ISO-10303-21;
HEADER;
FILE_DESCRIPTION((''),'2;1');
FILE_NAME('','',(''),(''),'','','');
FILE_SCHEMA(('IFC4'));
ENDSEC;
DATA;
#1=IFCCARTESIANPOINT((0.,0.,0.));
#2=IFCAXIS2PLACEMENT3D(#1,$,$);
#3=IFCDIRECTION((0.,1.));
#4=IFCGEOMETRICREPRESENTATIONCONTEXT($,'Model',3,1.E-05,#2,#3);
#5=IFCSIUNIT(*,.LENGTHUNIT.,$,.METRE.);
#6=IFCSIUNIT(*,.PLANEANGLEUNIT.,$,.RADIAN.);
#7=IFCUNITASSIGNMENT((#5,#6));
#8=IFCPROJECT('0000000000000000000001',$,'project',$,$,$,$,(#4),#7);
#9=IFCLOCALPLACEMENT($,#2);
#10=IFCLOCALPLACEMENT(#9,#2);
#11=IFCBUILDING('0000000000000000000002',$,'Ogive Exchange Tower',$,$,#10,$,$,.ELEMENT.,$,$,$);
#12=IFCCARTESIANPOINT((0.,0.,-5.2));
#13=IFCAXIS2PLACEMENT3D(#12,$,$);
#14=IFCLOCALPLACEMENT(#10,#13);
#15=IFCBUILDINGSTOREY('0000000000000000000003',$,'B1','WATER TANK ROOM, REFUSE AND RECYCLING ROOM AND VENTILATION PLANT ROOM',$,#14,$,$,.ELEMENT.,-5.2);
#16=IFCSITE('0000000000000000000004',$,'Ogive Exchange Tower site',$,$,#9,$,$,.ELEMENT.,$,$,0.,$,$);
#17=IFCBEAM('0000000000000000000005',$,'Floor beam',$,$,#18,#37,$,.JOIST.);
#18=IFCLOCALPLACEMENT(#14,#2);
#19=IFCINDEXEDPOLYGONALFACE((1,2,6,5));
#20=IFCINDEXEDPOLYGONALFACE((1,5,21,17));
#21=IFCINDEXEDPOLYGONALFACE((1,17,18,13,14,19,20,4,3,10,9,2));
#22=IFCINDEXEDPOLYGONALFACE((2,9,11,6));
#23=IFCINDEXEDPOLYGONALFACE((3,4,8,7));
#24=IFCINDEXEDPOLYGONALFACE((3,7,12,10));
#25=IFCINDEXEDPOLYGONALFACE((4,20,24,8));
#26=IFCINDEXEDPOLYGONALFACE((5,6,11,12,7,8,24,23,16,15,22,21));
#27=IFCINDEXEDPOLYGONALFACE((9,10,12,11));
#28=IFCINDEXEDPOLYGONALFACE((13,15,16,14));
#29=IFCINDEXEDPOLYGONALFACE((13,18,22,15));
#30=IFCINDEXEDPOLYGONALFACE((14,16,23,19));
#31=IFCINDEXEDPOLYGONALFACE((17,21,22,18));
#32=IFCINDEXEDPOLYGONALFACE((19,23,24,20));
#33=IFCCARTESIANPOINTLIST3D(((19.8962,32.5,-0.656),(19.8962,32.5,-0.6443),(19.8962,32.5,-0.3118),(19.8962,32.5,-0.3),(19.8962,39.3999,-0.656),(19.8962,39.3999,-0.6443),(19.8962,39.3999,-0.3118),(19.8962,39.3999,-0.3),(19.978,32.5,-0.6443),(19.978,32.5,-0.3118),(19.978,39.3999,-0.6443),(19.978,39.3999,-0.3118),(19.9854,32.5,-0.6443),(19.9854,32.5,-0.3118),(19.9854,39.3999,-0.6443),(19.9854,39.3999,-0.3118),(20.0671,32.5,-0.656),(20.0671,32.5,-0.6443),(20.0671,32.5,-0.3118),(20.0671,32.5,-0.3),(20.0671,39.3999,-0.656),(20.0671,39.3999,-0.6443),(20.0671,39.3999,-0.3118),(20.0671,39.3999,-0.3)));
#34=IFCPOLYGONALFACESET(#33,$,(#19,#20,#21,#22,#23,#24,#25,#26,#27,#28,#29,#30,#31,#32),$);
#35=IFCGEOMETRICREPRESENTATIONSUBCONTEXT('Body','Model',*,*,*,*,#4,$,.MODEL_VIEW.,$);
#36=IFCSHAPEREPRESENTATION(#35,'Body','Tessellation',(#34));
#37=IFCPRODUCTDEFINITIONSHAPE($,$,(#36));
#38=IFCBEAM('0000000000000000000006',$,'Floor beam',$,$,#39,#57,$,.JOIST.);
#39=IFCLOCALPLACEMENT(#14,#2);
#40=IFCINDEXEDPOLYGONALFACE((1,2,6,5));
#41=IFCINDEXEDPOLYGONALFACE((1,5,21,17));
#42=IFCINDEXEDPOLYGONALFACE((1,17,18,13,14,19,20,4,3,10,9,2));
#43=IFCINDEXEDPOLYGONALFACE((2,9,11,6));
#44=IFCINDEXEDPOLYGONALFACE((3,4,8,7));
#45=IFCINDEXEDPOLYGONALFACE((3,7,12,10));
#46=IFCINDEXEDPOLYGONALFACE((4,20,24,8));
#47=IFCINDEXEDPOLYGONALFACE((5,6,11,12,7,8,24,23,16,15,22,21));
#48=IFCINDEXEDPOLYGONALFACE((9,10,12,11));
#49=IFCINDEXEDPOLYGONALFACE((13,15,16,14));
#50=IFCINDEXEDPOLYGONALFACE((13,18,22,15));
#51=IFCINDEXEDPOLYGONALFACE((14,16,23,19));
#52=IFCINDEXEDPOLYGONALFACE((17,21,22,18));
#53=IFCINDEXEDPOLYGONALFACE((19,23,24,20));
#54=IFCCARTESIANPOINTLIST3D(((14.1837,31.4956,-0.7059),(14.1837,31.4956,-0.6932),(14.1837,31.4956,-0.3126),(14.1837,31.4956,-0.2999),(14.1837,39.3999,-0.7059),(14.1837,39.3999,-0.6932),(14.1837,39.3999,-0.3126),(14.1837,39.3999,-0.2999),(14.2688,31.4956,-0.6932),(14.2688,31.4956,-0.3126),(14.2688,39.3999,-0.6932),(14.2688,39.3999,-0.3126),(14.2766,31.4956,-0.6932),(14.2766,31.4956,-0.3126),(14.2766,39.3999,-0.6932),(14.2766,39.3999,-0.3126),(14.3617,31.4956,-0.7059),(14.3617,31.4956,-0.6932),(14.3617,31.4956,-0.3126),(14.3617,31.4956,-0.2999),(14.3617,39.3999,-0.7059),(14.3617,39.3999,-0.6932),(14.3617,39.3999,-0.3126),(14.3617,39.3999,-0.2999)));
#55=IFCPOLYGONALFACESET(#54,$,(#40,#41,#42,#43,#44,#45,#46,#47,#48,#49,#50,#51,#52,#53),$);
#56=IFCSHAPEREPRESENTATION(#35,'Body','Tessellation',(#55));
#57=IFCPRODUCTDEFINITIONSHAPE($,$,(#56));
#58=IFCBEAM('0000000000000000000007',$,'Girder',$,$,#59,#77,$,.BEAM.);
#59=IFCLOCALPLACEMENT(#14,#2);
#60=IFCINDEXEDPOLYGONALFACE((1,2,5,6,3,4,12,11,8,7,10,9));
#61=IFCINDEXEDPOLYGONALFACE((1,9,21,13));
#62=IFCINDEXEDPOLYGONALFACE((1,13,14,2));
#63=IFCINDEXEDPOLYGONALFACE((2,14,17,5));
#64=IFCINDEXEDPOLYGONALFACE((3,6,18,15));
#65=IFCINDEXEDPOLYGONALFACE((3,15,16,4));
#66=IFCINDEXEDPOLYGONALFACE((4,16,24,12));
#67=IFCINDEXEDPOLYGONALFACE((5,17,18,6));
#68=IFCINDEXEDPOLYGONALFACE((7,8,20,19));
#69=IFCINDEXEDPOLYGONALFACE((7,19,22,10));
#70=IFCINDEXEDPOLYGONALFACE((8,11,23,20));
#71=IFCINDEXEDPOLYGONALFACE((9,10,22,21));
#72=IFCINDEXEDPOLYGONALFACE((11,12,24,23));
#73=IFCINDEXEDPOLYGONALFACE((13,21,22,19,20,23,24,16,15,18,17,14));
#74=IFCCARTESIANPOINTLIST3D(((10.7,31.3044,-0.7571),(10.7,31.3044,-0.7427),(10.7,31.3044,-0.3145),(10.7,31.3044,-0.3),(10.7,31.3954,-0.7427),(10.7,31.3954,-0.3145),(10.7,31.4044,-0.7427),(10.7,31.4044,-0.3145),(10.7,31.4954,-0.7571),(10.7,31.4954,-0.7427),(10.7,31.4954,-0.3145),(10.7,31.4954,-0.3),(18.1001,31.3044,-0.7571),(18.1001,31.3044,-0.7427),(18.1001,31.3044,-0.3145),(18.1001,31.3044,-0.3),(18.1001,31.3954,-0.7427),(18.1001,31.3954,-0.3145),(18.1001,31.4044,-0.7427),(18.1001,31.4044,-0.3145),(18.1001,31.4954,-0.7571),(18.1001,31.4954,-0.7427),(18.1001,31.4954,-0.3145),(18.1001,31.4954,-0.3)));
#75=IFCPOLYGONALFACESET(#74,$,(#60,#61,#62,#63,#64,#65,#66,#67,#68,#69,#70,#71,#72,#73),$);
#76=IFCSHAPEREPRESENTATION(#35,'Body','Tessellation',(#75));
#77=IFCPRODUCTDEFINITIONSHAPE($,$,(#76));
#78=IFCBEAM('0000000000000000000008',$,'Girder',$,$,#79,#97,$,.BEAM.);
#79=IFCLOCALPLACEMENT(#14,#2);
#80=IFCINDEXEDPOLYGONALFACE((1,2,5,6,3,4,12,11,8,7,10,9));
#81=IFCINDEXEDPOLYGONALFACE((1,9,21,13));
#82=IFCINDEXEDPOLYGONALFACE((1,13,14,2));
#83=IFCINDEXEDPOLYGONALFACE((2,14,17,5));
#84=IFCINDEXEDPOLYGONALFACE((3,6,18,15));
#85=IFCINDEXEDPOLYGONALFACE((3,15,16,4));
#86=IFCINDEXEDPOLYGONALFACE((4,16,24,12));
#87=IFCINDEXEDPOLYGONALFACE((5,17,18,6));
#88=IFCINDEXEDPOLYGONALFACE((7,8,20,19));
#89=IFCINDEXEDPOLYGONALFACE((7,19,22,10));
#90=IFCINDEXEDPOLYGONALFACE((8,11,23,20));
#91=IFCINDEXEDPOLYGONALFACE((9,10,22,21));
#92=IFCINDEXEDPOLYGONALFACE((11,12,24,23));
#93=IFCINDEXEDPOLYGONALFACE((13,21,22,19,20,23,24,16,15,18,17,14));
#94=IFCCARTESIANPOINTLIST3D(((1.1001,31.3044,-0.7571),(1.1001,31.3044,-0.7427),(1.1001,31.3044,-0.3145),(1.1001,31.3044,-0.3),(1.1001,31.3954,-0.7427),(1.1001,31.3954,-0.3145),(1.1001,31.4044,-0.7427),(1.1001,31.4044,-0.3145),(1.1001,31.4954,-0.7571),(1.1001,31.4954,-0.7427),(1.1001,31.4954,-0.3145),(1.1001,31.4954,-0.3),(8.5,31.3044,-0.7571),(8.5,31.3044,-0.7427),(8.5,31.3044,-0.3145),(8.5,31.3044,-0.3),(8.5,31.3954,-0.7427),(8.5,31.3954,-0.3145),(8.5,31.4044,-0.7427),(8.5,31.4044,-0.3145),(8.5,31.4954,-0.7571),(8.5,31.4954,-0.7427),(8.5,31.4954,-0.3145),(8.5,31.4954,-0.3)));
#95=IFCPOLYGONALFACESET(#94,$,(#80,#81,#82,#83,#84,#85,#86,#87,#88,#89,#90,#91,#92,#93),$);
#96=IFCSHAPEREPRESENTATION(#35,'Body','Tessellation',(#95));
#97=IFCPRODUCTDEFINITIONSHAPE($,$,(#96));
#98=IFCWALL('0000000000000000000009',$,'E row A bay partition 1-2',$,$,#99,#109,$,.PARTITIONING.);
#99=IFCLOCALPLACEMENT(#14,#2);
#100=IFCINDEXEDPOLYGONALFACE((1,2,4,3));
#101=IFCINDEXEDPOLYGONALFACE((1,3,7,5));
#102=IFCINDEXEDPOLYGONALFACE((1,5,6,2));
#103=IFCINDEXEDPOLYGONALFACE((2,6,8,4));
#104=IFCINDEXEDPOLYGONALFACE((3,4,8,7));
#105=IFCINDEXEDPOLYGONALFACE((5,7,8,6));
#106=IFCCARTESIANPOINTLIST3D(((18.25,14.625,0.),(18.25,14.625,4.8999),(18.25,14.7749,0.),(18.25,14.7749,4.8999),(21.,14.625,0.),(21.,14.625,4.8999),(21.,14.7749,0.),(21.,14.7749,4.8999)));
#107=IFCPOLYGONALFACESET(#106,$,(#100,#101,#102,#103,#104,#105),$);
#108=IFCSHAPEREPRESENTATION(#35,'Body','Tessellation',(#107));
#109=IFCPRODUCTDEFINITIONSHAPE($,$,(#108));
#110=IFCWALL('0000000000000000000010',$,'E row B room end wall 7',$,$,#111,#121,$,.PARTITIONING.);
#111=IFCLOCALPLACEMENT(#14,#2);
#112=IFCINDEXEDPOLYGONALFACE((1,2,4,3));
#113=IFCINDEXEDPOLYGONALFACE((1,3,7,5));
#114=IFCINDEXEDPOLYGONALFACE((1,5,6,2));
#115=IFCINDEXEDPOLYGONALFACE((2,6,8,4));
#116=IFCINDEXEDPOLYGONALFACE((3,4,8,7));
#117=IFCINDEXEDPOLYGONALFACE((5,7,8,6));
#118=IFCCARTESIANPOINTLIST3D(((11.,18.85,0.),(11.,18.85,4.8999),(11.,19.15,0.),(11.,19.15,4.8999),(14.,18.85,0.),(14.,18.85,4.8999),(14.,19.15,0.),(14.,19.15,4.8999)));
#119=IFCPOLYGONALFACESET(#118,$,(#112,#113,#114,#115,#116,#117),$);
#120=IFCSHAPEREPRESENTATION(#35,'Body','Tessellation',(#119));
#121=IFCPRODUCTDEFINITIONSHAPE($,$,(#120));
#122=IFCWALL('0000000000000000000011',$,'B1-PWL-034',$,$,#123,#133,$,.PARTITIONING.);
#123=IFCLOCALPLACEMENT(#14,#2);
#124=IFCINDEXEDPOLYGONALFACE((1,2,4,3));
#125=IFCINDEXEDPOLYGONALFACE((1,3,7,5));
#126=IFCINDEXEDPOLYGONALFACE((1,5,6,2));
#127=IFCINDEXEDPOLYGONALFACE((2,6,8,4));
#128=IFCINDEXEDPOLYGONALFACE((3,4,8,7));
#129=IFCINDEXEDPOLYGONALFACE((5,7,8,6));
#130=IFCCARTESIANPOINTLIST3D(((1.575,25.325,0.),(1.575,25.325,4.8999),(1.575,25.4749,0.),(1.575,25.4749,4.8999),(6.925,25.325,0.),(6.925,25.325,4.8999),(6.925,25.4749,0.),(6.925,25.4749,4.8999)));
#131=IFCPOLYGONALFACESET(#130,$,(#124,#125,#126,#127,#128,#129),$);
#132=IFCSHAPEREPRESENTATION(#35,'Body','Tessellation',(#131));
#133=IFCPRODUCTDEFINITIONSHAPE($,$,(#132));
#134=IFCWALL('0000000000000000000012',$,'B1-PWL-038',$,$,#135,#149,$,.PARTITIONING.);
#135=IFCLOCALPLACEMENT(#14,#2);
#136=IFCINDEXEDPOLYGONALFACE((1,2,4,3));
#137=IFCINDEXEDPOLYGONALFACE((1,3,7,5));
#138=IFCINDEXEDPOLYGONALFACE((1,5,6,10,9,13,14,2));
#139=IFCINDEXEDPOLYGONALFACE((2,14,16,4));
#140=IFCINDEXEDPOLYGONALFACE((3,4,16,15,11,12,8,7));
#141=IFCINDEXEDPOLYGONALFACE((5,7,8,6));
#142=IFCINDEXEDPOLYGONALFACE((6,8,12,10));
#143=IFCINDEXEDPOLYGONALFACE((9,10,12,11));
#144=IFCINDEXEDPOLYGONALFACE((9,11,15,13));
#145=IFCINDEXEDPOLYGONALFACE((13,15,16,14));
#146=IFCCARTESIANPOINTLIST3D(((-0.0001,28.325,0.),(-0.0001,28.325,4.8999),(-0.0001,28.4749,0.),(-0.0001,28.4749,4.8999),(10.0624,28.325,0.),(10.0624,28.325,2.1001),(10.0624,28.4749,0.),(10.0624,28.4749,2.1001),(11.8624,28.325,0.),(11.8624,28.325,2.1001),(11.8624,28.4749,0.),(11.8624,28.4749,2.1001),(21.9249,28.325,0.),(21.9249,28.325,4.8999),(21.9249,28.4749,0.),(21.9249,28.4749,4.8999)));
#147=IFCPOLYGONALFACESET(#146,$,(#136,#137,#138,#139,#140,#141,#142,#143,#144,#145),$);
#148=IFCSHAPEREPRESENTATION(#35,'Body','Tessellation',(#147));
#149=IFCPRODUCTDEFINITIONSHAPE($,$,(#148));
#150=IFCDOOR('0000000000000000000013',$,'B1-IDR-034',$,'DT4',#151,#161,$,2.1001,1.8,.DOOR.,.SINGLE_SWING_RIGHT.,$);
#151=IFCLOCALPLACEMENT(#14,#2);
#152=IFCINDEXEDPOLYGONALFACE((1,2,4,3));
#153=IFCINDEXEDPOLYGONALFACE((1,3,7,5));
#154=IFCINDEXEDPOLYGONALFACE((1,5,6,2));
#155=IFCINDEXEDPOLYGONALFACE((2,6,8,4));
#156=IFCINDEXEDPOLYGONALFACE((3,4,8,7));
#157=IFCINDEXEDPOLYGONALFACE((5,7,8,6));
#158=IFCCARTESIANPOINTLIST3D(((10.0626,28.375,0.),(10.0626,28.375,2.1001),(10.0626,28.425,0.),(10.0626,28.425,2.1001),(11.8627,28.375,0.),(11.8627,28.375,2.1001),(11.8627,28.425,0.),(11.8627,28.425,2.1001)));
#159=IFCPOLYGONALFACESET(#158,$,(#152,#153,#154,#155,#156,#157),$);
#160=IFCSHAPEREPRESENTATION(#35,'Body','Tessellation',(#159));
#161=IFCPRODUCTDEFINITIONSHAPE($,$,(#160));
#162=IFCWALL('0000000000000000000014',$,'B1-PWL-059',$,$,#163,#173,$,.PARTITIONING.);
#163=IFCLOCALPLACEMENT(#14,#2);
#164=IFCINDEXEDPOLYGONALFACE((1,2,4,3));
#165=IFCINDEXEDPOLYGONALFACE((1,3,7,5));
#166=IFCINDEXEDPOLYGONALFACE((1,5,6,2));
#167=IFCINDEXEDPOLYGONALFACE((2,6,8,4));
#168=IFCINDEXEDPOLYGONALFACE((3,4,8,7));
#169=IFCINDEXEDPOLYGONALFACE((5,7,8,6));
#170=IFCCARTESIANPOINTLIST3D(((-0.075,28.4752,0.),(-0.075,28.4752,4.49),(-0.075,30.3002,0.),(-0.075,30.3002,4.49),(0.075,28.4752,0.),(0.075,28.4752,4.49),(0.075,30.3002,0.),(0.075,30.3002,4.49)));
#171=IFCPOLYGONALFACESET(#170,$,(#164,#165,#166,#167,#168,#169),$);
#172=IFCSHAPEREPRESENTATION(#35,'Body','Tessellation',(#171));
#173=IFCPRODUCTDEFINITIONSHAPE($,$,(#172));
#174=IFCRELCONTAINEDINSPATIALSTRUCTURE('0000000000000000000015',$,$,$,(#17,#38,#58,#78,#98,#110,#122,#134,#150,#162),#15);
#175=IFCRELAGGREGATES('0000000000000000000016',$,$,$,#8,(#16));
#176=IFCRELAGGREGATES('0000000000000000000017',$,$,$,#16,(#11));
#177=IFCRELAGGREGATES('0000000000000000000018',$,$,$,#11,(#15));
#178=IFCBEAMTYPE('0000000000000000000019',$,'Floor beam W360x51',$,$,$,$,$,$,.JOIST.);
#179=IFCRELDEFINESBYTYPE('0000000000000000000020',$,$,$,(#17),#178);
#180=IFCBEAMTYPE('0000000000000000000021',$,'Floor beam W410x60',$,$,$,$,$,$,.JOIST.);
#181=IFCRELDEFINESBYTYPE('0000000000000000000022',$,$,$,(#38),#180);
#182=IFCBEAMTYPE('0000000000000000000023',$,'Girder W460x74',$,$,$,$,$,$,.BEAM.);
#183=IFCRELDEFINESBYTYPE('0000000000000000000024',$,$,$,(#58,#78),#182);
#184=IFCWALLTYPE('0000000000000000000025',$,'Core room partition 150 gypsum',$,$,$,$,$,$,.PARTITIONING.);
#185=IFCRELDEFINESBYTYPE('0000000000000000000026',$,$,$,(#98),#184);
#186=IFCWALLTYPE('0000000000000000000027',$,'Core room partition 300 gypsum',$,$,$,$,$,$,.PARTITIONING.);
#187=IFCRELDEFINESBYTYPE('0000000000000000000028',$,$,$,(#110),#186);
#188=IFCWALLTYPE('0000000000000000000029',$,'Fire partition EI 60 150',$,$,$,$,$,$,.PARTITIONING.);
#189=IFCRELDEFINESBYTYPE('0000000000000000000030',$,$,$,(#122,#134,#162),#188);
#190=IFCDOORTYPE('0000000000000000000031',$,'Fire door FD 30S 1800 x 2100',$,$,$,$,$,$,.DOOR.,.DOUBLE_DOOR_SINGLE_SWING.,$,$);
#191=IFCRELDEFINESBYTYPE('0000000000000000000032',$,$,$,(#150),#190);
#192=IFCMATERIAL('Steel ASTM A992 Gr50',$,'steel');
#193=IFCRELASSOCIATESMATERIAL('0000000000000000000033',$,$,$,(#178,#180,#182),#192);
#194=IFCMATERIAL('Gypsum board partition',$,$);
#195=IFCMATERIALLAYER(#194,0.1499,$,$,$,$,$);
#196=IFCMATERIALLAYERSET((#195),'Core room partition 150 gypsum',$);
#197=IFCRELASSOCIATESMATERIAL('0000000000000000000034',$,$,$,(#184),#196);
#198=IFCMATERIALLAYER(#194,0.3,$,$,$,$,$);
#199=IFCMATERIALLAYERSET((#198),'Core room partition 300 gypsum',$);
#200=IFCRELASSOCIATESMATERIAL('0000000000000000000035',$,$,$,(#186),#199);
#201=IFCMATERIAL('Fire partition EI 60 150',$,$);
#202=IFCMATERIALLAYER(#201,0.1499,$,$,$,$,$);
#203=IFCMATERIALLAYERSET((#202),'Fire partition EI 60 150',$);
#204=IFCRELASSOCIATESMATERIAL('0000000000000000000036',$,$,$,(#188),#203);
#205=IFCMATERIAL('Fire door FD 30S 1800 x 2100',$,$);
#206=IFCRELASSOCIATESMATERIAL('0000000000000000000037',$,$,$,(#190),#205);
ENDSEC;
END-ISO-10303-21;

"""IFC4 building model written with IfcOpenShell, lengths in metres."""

from ifc_helpers import new_model, si_unit, direction, frame, frame_2d, origin, origin_2d, place, context, subcontext, project, spatial, rectangle, i_section, extrude, material, layer, layer_set, material_profile, profile_set, type_object, element, fill, save


model = new_model("IFC4")

# Units and contexts
model_context = context("Model", 3, precision=1e-05, world=origin(), true_north=direction((0.0, 1.0)))
body_context = subcontext(model_context, "Body", "Model", "MODEL_VIEW")
ifc_project = project(units=[si_unit("LENGTHUNIT", "METRE"), si_unit("PLANEANGLEUNIT", "RADIAN")], contexts=[model_context])

# Site, building, storey
site_placement = place(None, origin())
site = spatial("IfcSite", under=ifc_project, at=site_placement, Name="Ogive Exchange Tower site", CompositionType="ELEMENT", RefElevation=0.0)
building_placement = place(site_placement, origin())
building = spatial("IfcBuilding", under=site, at=building_placement, Name="Ogive Exchange Tower", CompositionType="ELEMENT")
storey_placement = place(building_placement, frame((0.0, 0.0, -5.2)))
storey = spatial("IfcBuildingStorey", under=building, at=storey_placement, Name="B1", Description="WATER TANK ROOM, REFUSE AND RECYCLING ROOM AND VENTILATION PLANT ROOM", CompositionType="ELEMENT", Elevation=-5.2)

# Beams
ifc_material_1 = material(Name="Steel ASTM A992 Gr50", Category="steel")
ifc_material_profile_1 = material_profile(ifc_material_1, i_section(OverallWidth=0.1709, OverallDepth=0.356, WebThickness=0.0073, FlangeThickness=0.0117, at=origin_2d()), Name="W360x51")
ifc_profile_set_1 = profile_set([ifc_material_profile_1], Name="Steel ASTM A992 Gr50")
beam_type_1 = type_object("IfcBeamType", Name="Floor beam W360x51", PredefinedType="JOIST", material=ifc_profile_set_1)
for number, where, z_axis, x_axis, name in (
    (1, (19.9817, 32.5, -0.478), (0.0, 1.0, 0.0), (-1.0, 0.0, 0.0), "Floor beam"),
):
    element("IfcBeam", number, at=place(storey_placement, frame(where, z_axis=z_axis, x_axis=x_axis)), inside=storey, type_object=beam_type_1, Name=name, PredefinedType="JOIST", context=body_context, shape_type="SweptSolid", body=[
        extrude(i_section(OverallWidth=0.1709, OverallDepth=0.356, WebThickness=0.0073, FlangeThickness=0.0117, at=origin_2d()), origin(), (0.0, 0.0, 1.0), 6.8999),
    ])
ifc_material_profile_2 = material_profile(ifc_material_1, i_section(OverallWidth=0.178, OverallDepth=0.406, WebThickness=0.0078, FlangeThickness=0.0127, at=origin_2d()), Name="W410x60")
ifc_profile_set_2 = profile_set([ifc_material_profile_2], Name="Steel ASTM A992 Gr50")
beam_type_2 = type_object("IfcBeamType", Name="Floor beam W410x60", PredefinedType="JOIST", material=ifc_profile_set_2)
beam_1_placement = place(storey_placement, frame((14.2727, 31.4956, -0.5029), z_axis=(0.0, 1.0, 0.0), x_axis=(-1.0, 0.0, 0.0)))
element("IfcBeam", 2, at=beam_1_placement, inside=storey, type_object=beam_type_2, Name="Floor beam", PredefinedType="JOIST", context=body_context, shape_type="SweptSolid", body=[
    extrude(i_section(OverallWidth=0.178, OverallDepth=0.406, WebThickness=0.0078, FlangeThickness=0.0127, at=origin_2d()), origin(), (0.0, 0.0, 1.0), 7.9043),
])
ifc_material_profile_3 = material_profile(ifc_material_1, i_section(OverallWidth=0.1909, OverallDepth=0.457, WebThickness=0.009, FlangeThickness=0.0144, at=origin_2d()), Name="W460x74")
ifc_profile_set_3 = profile_set([ifc_material_profile_3], Name="Steel ASTM A992 Gr50")
beam_type_3 = type_object("IfcBeamType", Name="Girder W460x74", PredefinedType="BEAM", material=ifc_profile_set_3)
beam_2_placement = place(storey_placement, frame((18.1001, 31.3999, -0.5286), z_axis=(-1.0, 0.0, 0.0), x_axis=(0.0, -1.0, 0.0)))
element("IfcBeam", 3, at=beam_2_placement, inside=storey, type_object=beam_type_3, Name="Girder", PredefinedType="BEAM", context=body_context, shape_type="SweptSolid", body=[
    extrude(i_section(OverallWidth=0.1909, OverallDepth=0.457, WebThickness=0.009, FlangeThickness=0.0144, at=origin_2d()), origin(), (0.0, 0.0, 1.0), 7.4001),
])
beam_3_placement = place(storey_placement, frame((8.5, 31.3999, -0.5286), z_axis=(-1.0, 0.0, 0.0), x_axis=(0.0, -1.0, 0.0)))
element("IfcBeam", 4, at=beam_3_placement, inside=storey, type_object=beam_type_3, Name="Girder", PredefinedType="BEAM", context=body_context, shape_type="SweptSolid", body=[
    extrude(i_section(OverallWidth=0.1909, OverallDepth=0.457, WebThickness=0.009, FlangeThickness=0.0144, at=origin_2d()), origin(), (0.0, 0.0, 1.0), 7.3999),
])

# Walls
ifc_material_2 = material(Name="Gypsum board partition")
ifc_layer_1 = layer(ifc_material_2, 0.1499)
ifc_layer_set_1 = layer_set([ifc_layer_1], Name="Core room partition 150 gypsum")
wall_type_1 = type_object("IfcWallType", Name="Core room partition 150 gypsum", PredefinedType="PARTITIONING", material=ifc_layer_set_1)
wall_1_placement = place(storey_placement, frame((18.25, 14.7, 0.0), z_axis=(0.0, 0.0, 1.0), x_axis=(1.0, 0.0, 0.0)))
element("IfcWall", 5, at=wall_1_placement, inside=storey, type_object=wall_type_1, Name="E row A bay partition 1-2", PredefinedType="PARTITIONING", context=body_context, shape_type="SweptSolid", body=[
    extrude(rectangle(XDim=2.75, YDim=0.1499, at=frame_2d((1.375, 0.0))), origin(), (0.0, 0.0, 1.0), 4.8999),
])
ifc_layer_2 = layer(ifc_material_2, 0.3)
ifc_layer_set_2 = layer_set([ifc_layer_2], Name="Core room partition 300 gypsum")
wall_type_2 = type_object("IfcWallType", Name="Core room partition 300 gypsum", PredefinedType="PARTITIONING", material=ifc_layer_set_2)
wall_2_placement = place(storey_placement, frame((11.0, 19.0, 0.0), z_axis=(0.0, 0.0, 1.0), x_axis=(1.0, 0.0, 0.0)))
element("IfcWall", 6, at=wall_2_placement, inside=storey, type_object=wall_type_2, Name="E row B room end wall 7", PredefinedType="PARTITIONING", context=body_context, shape_type="SweptSolid", body=[
    extrude(rectangle(XDim=3.0, YDim=0.3, at=frame_2d((1.5, 0.0))), origin(), (0.0, 0.0, 1.0), 4.8999),
])
ifc_material_3 = material(Name="Fire partition EI 60 150")
ifc_layer_3 = layer(ifc_material_3, 0.1499)
ifc_layer_set_3 = layer_set([ifc_layer_3], Name="Fire partition EI 60 150")
wall_type_3 = type_object("IfcWallType", Name="Fire partition EI 60 150", PredefinedType="PARTITIONING", material=ifc_layer_set_3)
wall_3_placement = place(storey_placement, frame((1.575, 25.3999, 0.0), z_axis=(0.0, 0.0, 1.0), x_axis=(1.0, 0.0, 0.0)))
element("IfcWall", 7, at=wall_3_placement, inside=storey, type_object=wall_type_3, Name="B1-PWL-034", PredefinedType="PARTITIONING", context=body_context, shape_type="SweptSolid", body=[
    extrude(rectangle(XDim=5.3501, YDim=0.1499, at=frame_2d((2.675, 0.0))), origin(), (0.0, 0.0, 1.0), 4.8999),
])

# Wall, opening, door
wall_4_placement = place(storey_placement, frame((0.0, 28.3999, 0.0), z_axis=(0.0, 0.0, 1.0), x_axis=(1.0, 0.0, 0.0)))
wall_4 = element("IfcWall", 8, at=wall_4_placement, inside=storey, type_object=wall_type_3, Name="B1-PWL-038", PredefinedType="PARTITIONING", context=body_context, shape_type="SweptSolid", body=[
    extrude(rectangle(XDim=21.925, YDim=0.1499, at=frame_2d((10.9624, 0.0))), origin(), (0.0, 0.0, 1.0), 4.8999),
])
opening_1_placement = place(wall_4_placement, frame((10.0625, 0.0, 0.0)))
opening_1 = element("IfcOpeningElement", 9, at=opening_1_placement, cuts=wall_4, PredefinedType="OPENING", context=body_context, shape_type="SweptSolid", body=[
    extrude(rectangle(XDim=1.8, YDim=2.1001, at=frame_2d((0.8999, 1.05))), frame((0.0, 0.085, 0.0), z_axis=(0.0, -1.0, 0.0), x_axis=(1.0, 0.0, 0.0)), (0.0, 0.0, 1.0), 0.1699),
])
ifc_material_4 = material(Name="Fire door FD 30S 1800 x 2100")
door_type_1 = type_object("IfcDoorType", Name="Fire door FD 30S 1800 x 2100", OperationType="DOUBLE_DOOR_SINGLE_SWING", PredefinedType="DOOR", material=ifc_material_4)
door_1_placement = place(opening_1_placement, frame((1.8, 0.0, 0.0), z_axis=(0.0, 0.0, 1.0), x_axis=(-1.0, 0.0, 0.0)))
door_1 = element("IfcDoor", 10, at=door_1_placement, inside=storey, type_object=door_type_1, Name="B1-IDR-034", ObjectType="DT4", OperationType="SINGLE_SWING_RIGHT", OverallHeight=2.1001, OverallWidth=1.8, PredefinedType="DOOR", context=body_context, shape_type="SweptSolid", body=[
    extrude(rectangle(XDim=1.8, YDim=2.1001, at=frame_2d((0.8999, 1.05))), frame((0.0, 0.0249, 0.0), z_axis=(0.0, -1.0, 0.0), x_axis=(1.0, 0.0, 0.0)), (0.0, 0.0, 1.0), 0.05),
])
fill(opening_1, door_1)

# Wall
wall_5_placement = place(storey_placement, frame((0.0, 28.4751, 0.0), z_axis=(0.0, 0.0, 1.0), x_axis=(0.0, 1.0, 0.0)))
element("IfcWall", 11, at=wall_5_placement, inside=storey, type_object=wall_type_3, Name="B1-PWL-059", PredefinedType="PARTITIONING", context=body_context, shape_type="SweptSolid", body=[
    extrude(rectangle(XDim=1.825, YDim=0.1499, at=frame_2d((0.9126, 0.0))), origin(), (0.0, 0.0, 1.0), 4.49),
])

save(model, "model.ifc")
